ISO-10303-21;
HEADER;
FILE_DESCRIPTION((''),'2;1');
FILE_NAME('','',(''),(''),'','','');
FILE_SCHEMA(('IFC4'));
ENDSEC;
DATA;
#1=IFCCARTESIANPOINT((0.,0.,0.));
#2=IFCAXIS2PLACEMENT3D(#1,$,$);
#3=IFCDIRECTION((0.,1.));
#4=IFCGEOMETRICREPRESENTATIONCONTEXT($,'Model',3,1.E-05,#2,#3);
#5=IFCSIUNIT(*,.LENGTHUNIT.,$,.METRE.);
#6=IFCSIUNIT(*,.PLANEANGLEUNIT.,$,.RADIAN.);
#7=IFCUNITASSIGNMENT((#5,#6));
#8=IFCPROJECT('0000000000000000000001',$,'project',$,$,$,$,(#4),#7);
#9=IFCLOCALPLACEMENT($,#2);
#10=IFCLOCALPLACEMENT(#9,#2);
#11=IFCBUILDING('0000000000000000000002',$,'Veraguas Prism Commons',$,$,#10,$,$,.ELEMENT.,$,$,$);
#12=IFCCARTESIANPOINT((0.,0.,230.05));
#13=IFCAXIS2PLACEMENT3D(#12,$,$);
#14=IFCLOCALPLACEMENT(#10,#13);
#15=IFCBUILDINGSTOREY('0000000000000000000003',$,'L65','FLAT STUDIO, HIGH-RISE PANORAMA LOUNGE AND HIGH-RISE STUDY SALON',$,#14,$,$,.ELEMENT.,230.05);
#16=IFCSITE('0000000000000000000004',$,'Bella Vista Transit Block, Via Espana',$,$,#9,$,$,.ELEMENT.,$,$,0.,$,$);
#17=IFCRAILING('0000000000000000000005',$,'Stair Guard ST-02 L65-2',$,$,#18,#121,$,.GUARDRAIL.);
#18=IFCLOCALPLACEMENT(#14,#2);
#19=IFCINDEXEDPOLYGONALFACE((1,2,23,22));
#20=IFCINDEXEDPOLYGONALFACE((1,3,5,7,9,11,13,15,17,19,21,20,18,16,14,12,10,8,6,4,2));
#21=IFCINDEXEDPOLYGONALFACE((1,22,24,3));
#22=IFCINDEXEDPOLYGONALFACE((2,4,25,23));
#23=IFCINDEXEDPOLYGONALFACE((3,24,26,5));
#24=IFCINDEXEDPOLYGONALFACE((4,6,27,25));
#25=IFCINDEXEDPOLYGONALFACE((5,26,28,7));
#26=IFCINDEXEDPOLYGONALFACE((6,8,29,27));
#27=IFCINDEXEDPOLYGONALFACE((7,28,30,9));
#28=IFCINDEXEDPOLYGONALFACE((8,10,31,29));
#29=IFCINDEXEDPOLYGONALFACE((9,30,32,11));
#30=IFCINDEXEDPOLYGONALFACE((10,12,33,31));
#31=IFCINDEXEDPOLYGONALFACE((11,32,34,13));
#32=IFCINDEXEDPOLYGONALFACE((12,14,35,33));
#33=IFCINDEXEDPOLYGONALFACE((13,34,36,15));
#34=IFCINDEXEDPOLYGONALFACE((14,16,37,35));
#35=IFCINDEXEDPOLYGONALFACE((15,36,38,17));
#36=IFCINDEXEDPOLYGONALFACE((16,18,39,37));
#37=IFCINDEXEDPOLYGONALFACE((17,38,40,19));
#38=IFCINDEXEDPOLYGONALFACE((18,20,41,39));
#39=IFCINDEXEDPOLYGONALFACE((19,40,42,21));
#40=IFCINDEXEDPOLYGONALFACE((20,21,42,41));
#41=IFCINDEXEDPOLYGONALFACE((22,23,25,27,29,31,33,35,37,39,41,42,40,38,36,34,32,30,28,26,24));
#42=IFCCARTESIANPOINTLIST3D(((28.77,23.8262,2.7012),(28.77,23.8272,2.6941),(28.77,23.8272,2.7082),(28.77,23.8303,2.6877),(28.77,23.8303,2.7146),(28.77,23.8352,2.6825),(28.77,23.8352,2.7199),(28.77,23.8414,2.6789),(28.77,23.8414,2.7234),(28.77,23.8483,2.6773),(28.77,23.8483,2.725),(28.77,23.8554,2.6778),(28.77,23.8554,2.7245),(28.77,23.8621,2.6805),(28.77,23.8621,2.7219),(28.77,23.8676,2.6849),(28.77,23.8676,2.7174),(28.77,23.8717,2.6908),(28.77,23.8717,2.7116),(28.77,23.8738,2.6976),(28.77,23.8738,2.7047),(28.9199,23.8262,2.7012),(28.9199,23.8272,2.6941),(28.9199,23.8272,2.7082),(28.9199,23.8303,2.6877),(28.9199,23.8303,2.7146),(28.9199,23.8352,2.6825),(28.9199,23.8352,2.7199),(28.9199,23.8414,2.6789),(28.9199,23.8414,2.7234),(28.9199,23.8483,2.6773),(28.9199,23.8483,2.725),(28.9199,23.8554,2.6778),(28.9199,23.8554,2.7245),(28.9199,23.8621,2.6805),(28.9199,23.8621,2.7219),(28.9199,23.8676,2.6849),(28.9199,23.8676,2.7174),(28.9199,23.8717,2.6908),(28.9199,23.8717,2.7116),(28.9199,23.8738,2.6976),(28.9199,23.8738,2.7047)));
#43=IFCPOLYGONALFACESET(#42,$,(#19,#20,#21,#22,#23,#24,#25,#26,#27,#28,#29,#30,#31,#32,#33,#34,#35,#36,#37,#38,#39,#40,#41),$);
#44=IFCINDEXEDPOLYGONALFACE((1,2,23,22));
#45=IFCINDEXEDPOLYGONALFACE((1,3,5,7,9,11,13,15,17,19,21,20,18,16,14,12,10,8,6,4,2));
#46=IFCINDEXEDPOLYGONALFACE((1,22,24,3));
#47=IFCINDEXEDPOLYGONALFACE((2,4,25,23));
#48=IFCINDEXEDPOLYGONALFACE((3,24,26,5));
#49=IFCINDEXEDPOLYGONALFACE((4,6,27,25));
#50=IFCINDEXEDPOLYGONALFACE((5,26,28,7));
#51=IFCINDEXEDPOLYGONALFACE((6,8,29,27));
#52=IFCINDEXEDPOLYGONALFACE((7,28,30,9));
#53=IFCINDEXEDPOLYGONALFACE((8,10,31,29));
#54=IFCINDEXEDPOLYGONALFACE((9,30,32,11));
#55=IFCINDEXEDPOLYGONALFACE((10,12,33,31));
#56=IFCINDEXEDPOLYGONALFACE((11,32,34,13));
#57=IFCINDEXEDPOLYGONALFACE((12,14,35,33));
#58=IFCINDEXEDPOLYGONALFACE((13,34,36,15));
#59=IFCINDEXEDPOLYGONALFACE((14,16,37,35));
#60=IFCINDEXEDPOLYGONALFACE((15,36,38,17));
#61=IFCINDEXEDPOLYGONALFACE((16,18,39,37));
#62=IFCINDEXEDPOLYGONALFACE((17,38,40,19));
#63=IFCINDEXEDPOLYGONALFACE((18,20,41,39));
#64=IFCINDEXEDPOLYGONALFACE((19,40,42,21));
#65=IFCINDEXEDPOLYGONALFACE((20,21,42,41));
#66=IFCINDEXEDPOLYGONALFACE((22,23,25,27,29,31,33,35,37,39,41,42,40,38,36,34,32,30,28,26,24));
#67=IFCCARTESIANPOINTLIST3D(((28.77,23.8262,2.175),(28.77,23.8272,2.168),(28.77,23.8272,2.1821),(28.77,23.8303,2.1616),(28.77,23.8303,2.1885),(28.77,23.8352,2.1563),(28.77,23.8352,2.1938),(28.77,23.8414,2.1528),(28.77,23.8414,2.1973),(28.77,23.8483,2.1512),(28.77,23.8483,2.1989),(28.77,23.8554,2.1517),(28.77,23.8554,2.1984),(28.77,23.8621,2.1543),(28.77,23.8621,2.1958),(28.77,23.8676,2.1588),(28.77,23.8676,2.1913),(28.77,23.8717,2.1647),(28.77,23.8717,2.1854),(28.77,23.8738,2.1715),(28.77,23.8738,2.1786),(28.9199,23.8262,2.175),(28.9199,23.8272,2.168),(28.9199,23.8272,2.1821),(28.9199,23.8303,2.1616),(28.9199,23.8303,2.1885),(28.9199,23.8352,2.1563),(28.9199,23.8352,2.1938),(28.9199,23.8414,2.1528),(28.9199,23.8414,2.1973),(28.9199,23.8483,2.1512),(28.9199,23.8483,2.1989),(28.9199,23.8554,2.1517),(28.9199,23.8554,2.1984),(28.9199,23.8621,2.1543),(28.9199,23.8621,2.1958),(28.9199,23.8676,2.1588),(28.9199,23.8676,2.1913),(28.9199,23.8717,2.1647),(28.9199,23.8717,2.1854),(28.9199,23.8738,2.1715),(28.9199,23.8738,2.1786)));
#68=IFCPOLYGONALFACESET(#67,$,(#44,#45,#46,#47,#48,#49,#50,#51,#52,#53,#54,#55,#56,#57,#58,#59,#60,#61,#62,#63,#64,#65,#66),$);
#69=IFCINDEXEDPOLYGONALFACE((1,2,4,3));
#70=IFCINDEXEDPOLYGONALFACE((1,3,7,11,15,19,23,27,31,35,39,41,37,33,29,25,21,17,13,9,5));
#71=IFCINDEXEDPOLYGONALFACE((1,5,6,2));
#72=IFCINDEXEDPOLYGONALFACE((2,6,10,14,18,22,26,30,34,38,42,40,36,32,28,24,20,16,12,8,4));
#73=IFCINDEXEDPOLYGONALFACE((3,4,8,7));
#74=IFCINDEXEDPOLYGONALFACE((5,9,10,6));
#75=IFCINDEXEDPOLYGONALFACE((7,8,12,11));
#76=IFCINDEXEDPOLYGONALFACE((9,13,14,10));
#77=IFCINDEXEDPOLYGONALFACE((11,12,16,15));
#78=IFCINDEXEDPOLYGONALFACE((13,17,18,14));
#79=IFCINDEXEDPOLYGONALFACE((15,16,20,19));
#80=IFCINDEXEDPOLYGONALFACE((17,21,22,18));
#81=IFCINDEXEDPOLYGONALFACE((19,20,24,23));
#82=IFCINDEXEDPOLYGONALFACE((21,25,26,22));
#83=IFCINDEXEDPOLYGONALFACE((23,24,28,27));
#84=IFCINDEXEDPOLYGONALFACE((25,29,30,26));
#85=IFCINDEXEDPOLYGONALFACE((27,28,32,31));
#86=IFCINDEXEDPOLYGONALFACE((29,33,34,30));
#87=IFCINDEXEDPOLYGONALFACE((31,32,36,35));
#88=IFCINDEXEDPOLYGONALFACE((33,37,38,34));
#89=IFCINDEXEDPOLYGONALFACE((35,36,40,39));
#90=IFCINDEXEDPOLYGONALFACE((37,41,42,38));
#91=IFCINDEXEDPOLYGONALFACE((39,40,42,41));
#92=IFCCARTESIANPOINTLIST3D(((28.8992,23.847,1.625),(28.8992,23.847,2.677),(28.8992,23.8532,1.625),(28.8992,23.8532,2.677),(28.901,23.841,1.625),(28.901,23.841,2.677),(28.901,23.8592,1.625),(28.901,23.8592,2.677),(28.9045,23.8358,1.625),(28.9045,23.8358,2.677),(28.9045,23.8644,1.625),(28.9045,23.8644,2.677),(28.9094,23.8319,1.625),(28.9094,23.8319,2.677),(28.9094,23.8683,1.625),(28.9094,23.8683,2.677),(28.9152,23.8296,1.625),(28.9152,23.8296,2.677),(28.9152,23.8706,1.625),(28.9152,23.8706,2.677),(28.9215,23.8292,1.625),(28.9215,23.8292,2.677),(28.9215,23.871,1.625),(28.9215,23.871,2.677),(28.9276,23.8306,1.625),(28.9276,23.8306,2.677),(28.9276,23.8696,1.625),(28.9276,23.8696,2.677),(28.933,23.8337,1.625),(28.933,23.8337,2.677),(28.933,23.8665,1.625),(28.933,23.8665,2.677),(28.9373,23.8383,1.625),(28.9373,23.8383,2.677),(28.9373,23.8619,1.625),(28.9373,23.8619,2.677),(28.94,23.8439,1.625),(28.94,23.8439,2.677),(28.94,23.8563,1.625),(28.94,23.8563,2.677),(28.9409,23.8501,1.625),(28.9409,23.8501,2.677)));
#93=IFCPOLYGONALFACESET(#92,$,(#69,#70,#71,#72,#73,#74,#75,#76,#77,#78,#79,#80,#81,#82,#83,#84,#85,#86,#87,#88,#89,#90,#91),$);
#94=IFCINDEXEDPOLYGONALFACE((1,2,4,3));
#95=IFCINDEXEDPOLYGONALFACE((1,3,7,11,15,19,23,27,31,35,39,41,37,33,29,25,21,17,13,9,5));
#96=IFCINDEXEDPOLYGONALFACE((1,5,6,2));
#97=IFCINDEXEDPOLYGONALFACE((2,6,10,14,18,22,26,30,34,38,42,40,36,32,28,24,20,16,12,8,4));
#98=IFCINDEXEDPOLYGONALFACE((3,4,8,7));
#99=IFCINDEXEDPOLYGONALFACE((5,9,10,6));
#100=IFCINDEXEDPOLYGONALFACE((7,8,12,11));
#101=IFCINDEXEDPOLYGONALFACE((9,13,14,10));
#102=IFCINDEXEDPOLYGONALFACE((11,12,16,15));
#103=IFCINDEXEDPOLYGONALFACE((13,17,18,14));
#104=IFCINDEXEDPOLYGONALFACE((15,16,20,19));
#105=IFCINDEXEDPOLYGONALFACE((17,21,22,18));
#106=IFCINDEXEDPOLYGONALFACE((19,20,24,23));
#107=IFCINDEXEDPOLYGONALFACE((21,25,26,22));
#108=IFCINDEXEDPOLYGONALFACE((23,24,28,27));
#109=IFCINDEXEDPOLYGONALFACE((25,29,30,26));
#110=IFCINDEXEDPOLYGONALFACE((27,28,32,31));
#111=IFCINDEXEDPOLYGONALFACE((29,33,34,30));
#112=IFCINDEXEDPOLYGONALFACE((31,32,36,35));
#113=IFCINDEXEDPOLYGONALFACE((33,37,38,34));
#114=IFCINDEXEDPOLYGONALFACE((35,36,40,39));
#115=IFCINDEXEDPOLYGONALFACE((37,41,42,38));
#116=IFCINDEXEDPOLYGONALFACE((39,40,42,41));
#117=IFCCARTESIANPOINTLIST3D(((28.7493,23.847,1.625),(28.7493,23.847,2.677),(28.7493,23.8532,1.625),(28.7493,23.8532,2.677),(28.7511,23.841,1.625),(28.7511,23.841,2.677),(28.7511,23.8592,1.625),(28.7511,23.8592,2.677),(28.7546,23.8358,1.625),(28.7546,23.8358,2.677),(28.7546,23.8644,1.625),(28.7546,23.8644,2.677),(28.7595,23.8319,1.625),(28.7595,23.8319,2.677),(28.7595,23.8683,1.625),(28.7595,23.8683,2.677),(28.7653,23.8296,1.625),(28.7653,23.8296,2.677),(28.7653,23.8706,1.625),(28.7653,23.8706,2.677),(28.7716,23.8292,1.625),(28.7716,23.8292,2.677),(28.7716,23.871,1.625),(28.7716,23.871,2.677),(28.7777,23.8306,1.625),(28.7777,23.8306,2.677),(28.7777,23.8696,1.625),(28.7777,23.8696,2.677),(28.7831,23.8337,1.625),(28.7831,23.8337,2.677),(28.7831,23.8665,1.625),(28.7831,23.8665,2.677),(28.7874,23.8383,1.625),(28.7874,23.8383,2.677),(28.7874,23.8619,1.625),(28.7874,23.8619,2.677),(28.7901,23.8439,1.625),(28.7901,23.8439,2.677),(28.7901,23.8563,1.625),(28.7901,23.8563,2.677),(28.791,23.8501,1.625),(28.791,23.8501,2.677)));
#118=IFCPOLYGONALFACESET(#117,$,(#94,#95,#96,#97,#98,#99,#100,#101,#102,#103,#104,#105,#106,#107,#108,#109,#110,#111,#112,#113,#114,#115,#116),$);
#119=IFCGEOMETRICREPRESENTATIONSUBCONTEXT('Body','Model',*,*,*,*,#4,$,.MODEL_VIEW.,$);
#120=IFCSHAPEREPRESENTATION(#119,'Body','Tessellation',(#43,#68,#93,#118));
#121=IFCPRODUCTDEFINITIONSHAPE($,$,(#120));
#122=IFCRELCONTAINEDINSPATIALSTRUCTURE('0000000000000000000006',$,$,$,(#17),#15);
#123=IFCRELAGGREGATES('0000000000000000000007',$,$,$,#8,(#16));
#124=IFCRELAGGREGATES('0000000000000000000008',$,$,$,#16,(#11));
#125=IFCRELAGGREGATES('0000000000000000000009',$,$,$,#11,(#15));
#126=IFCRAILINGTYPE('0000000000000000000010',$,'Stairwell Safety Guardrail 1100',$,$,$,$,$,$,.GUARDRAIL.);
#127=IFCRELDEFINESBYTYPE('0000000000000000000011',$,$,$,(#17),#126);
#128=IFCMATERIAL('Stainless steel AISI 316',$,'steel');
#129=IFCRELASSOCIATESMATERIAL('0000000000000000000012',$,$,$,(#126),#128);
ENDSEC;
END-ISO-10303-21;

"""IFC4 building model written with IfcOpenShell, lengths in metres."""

from ifc_helpers import new_model, si_unit, direction, frame, origin, origin_2d, place, context, subcontext, project, spatial, circle, extrude, material, type_object, element, save


model = new_model("IFC4")

# Units and contexts
model_context = context("Model", 3, precision=1e-05, world=origin(), true_north=direction((0.0, 1.0)))
body_context = subcontext(model_context, "Body", "Model", "MODEL_VIEW")
ifc_project = project(units=[si_unit("LENGTHUNIT", "METRE"), si_unit("PLANEANGLEUNIT", "RADIAN")], contexts=[model_context])

# Site, building, storey
site_placement = place(None, origin())
site = spatial("IfcSite", under=ifc_project, at=site_placement, Name="Bella Vista Transit Block, Via Espana", CompositionType="ELEMENT", RefElevation=0.0)
building_placement = place(site_placement, origin())
building = spatial("IfcBuilding", under=site, at=building_placement, Name="Veraguas Prism Commons", CompositionType="ELEMENT")
storey_placement = place(building_placement, frame((0.0, 0.0, 230.05)))
storey = spatial("IfcBuildingStorey", under=building, at=storey_placement, Name="L65", Description="FLAT STUDIO, HIGH-RISE PANORAMA LOUNGE AND HIGH-RISE STUDY SALON", CompositionType="ELEMENT", Elevation=230.05)

# Railing
ifc_material_1 = material(Name="Stainless steel AISI 316", Category="steel")
railing_type_1 = type_object("IfcRailingType", Name="Stairwell Safety Guardrail 1100", PredefinedType="GUARDRAIL", material=ifc_material_1)
railing_1_placement = place(storey_placement, frame((28.9199, 23.8501, 1.625)))
element("IfcRailing", 1, at=railing_1_placement, inside=storey, type_object=railing_type_1, Name="Stair Guard ST-02 L65-2", PredefinedType="GUARDRAIL", context=body_context, shape_type="SweptSolid", body=[
    extrude(circle(Radius=0.0239, at=origin_2d()), frame((0.0, 0.0, 1.0762), z_axis=(-1.0, 0.0, 0.0), x_axis=(0.0, -1.0, 0.0)), (0.0, 0.0, 1.0), 0.1499),
    extrude(circle(Radius=0.0239, at=origin_2d()), frame((0.0, 0.0, 0.55), z_axis=(-1.0, 0.0, 0.0), x_axis=(0.0, -1.0, 0.0)), (0.0, 0.0, 1.0), 0.1499),
    extrude(circle(Radius=0.021, at=origin_2d()), origin(), (0.0, 0.0, 1.0), 1.052),
    extrude(circle(Radius=0.021, at=origin_2d()), frame((-0.1499, 0.0, 0.0)), (0.0, 0.0, 1.0), 1.052),
])

save(model, "model.ifc")
